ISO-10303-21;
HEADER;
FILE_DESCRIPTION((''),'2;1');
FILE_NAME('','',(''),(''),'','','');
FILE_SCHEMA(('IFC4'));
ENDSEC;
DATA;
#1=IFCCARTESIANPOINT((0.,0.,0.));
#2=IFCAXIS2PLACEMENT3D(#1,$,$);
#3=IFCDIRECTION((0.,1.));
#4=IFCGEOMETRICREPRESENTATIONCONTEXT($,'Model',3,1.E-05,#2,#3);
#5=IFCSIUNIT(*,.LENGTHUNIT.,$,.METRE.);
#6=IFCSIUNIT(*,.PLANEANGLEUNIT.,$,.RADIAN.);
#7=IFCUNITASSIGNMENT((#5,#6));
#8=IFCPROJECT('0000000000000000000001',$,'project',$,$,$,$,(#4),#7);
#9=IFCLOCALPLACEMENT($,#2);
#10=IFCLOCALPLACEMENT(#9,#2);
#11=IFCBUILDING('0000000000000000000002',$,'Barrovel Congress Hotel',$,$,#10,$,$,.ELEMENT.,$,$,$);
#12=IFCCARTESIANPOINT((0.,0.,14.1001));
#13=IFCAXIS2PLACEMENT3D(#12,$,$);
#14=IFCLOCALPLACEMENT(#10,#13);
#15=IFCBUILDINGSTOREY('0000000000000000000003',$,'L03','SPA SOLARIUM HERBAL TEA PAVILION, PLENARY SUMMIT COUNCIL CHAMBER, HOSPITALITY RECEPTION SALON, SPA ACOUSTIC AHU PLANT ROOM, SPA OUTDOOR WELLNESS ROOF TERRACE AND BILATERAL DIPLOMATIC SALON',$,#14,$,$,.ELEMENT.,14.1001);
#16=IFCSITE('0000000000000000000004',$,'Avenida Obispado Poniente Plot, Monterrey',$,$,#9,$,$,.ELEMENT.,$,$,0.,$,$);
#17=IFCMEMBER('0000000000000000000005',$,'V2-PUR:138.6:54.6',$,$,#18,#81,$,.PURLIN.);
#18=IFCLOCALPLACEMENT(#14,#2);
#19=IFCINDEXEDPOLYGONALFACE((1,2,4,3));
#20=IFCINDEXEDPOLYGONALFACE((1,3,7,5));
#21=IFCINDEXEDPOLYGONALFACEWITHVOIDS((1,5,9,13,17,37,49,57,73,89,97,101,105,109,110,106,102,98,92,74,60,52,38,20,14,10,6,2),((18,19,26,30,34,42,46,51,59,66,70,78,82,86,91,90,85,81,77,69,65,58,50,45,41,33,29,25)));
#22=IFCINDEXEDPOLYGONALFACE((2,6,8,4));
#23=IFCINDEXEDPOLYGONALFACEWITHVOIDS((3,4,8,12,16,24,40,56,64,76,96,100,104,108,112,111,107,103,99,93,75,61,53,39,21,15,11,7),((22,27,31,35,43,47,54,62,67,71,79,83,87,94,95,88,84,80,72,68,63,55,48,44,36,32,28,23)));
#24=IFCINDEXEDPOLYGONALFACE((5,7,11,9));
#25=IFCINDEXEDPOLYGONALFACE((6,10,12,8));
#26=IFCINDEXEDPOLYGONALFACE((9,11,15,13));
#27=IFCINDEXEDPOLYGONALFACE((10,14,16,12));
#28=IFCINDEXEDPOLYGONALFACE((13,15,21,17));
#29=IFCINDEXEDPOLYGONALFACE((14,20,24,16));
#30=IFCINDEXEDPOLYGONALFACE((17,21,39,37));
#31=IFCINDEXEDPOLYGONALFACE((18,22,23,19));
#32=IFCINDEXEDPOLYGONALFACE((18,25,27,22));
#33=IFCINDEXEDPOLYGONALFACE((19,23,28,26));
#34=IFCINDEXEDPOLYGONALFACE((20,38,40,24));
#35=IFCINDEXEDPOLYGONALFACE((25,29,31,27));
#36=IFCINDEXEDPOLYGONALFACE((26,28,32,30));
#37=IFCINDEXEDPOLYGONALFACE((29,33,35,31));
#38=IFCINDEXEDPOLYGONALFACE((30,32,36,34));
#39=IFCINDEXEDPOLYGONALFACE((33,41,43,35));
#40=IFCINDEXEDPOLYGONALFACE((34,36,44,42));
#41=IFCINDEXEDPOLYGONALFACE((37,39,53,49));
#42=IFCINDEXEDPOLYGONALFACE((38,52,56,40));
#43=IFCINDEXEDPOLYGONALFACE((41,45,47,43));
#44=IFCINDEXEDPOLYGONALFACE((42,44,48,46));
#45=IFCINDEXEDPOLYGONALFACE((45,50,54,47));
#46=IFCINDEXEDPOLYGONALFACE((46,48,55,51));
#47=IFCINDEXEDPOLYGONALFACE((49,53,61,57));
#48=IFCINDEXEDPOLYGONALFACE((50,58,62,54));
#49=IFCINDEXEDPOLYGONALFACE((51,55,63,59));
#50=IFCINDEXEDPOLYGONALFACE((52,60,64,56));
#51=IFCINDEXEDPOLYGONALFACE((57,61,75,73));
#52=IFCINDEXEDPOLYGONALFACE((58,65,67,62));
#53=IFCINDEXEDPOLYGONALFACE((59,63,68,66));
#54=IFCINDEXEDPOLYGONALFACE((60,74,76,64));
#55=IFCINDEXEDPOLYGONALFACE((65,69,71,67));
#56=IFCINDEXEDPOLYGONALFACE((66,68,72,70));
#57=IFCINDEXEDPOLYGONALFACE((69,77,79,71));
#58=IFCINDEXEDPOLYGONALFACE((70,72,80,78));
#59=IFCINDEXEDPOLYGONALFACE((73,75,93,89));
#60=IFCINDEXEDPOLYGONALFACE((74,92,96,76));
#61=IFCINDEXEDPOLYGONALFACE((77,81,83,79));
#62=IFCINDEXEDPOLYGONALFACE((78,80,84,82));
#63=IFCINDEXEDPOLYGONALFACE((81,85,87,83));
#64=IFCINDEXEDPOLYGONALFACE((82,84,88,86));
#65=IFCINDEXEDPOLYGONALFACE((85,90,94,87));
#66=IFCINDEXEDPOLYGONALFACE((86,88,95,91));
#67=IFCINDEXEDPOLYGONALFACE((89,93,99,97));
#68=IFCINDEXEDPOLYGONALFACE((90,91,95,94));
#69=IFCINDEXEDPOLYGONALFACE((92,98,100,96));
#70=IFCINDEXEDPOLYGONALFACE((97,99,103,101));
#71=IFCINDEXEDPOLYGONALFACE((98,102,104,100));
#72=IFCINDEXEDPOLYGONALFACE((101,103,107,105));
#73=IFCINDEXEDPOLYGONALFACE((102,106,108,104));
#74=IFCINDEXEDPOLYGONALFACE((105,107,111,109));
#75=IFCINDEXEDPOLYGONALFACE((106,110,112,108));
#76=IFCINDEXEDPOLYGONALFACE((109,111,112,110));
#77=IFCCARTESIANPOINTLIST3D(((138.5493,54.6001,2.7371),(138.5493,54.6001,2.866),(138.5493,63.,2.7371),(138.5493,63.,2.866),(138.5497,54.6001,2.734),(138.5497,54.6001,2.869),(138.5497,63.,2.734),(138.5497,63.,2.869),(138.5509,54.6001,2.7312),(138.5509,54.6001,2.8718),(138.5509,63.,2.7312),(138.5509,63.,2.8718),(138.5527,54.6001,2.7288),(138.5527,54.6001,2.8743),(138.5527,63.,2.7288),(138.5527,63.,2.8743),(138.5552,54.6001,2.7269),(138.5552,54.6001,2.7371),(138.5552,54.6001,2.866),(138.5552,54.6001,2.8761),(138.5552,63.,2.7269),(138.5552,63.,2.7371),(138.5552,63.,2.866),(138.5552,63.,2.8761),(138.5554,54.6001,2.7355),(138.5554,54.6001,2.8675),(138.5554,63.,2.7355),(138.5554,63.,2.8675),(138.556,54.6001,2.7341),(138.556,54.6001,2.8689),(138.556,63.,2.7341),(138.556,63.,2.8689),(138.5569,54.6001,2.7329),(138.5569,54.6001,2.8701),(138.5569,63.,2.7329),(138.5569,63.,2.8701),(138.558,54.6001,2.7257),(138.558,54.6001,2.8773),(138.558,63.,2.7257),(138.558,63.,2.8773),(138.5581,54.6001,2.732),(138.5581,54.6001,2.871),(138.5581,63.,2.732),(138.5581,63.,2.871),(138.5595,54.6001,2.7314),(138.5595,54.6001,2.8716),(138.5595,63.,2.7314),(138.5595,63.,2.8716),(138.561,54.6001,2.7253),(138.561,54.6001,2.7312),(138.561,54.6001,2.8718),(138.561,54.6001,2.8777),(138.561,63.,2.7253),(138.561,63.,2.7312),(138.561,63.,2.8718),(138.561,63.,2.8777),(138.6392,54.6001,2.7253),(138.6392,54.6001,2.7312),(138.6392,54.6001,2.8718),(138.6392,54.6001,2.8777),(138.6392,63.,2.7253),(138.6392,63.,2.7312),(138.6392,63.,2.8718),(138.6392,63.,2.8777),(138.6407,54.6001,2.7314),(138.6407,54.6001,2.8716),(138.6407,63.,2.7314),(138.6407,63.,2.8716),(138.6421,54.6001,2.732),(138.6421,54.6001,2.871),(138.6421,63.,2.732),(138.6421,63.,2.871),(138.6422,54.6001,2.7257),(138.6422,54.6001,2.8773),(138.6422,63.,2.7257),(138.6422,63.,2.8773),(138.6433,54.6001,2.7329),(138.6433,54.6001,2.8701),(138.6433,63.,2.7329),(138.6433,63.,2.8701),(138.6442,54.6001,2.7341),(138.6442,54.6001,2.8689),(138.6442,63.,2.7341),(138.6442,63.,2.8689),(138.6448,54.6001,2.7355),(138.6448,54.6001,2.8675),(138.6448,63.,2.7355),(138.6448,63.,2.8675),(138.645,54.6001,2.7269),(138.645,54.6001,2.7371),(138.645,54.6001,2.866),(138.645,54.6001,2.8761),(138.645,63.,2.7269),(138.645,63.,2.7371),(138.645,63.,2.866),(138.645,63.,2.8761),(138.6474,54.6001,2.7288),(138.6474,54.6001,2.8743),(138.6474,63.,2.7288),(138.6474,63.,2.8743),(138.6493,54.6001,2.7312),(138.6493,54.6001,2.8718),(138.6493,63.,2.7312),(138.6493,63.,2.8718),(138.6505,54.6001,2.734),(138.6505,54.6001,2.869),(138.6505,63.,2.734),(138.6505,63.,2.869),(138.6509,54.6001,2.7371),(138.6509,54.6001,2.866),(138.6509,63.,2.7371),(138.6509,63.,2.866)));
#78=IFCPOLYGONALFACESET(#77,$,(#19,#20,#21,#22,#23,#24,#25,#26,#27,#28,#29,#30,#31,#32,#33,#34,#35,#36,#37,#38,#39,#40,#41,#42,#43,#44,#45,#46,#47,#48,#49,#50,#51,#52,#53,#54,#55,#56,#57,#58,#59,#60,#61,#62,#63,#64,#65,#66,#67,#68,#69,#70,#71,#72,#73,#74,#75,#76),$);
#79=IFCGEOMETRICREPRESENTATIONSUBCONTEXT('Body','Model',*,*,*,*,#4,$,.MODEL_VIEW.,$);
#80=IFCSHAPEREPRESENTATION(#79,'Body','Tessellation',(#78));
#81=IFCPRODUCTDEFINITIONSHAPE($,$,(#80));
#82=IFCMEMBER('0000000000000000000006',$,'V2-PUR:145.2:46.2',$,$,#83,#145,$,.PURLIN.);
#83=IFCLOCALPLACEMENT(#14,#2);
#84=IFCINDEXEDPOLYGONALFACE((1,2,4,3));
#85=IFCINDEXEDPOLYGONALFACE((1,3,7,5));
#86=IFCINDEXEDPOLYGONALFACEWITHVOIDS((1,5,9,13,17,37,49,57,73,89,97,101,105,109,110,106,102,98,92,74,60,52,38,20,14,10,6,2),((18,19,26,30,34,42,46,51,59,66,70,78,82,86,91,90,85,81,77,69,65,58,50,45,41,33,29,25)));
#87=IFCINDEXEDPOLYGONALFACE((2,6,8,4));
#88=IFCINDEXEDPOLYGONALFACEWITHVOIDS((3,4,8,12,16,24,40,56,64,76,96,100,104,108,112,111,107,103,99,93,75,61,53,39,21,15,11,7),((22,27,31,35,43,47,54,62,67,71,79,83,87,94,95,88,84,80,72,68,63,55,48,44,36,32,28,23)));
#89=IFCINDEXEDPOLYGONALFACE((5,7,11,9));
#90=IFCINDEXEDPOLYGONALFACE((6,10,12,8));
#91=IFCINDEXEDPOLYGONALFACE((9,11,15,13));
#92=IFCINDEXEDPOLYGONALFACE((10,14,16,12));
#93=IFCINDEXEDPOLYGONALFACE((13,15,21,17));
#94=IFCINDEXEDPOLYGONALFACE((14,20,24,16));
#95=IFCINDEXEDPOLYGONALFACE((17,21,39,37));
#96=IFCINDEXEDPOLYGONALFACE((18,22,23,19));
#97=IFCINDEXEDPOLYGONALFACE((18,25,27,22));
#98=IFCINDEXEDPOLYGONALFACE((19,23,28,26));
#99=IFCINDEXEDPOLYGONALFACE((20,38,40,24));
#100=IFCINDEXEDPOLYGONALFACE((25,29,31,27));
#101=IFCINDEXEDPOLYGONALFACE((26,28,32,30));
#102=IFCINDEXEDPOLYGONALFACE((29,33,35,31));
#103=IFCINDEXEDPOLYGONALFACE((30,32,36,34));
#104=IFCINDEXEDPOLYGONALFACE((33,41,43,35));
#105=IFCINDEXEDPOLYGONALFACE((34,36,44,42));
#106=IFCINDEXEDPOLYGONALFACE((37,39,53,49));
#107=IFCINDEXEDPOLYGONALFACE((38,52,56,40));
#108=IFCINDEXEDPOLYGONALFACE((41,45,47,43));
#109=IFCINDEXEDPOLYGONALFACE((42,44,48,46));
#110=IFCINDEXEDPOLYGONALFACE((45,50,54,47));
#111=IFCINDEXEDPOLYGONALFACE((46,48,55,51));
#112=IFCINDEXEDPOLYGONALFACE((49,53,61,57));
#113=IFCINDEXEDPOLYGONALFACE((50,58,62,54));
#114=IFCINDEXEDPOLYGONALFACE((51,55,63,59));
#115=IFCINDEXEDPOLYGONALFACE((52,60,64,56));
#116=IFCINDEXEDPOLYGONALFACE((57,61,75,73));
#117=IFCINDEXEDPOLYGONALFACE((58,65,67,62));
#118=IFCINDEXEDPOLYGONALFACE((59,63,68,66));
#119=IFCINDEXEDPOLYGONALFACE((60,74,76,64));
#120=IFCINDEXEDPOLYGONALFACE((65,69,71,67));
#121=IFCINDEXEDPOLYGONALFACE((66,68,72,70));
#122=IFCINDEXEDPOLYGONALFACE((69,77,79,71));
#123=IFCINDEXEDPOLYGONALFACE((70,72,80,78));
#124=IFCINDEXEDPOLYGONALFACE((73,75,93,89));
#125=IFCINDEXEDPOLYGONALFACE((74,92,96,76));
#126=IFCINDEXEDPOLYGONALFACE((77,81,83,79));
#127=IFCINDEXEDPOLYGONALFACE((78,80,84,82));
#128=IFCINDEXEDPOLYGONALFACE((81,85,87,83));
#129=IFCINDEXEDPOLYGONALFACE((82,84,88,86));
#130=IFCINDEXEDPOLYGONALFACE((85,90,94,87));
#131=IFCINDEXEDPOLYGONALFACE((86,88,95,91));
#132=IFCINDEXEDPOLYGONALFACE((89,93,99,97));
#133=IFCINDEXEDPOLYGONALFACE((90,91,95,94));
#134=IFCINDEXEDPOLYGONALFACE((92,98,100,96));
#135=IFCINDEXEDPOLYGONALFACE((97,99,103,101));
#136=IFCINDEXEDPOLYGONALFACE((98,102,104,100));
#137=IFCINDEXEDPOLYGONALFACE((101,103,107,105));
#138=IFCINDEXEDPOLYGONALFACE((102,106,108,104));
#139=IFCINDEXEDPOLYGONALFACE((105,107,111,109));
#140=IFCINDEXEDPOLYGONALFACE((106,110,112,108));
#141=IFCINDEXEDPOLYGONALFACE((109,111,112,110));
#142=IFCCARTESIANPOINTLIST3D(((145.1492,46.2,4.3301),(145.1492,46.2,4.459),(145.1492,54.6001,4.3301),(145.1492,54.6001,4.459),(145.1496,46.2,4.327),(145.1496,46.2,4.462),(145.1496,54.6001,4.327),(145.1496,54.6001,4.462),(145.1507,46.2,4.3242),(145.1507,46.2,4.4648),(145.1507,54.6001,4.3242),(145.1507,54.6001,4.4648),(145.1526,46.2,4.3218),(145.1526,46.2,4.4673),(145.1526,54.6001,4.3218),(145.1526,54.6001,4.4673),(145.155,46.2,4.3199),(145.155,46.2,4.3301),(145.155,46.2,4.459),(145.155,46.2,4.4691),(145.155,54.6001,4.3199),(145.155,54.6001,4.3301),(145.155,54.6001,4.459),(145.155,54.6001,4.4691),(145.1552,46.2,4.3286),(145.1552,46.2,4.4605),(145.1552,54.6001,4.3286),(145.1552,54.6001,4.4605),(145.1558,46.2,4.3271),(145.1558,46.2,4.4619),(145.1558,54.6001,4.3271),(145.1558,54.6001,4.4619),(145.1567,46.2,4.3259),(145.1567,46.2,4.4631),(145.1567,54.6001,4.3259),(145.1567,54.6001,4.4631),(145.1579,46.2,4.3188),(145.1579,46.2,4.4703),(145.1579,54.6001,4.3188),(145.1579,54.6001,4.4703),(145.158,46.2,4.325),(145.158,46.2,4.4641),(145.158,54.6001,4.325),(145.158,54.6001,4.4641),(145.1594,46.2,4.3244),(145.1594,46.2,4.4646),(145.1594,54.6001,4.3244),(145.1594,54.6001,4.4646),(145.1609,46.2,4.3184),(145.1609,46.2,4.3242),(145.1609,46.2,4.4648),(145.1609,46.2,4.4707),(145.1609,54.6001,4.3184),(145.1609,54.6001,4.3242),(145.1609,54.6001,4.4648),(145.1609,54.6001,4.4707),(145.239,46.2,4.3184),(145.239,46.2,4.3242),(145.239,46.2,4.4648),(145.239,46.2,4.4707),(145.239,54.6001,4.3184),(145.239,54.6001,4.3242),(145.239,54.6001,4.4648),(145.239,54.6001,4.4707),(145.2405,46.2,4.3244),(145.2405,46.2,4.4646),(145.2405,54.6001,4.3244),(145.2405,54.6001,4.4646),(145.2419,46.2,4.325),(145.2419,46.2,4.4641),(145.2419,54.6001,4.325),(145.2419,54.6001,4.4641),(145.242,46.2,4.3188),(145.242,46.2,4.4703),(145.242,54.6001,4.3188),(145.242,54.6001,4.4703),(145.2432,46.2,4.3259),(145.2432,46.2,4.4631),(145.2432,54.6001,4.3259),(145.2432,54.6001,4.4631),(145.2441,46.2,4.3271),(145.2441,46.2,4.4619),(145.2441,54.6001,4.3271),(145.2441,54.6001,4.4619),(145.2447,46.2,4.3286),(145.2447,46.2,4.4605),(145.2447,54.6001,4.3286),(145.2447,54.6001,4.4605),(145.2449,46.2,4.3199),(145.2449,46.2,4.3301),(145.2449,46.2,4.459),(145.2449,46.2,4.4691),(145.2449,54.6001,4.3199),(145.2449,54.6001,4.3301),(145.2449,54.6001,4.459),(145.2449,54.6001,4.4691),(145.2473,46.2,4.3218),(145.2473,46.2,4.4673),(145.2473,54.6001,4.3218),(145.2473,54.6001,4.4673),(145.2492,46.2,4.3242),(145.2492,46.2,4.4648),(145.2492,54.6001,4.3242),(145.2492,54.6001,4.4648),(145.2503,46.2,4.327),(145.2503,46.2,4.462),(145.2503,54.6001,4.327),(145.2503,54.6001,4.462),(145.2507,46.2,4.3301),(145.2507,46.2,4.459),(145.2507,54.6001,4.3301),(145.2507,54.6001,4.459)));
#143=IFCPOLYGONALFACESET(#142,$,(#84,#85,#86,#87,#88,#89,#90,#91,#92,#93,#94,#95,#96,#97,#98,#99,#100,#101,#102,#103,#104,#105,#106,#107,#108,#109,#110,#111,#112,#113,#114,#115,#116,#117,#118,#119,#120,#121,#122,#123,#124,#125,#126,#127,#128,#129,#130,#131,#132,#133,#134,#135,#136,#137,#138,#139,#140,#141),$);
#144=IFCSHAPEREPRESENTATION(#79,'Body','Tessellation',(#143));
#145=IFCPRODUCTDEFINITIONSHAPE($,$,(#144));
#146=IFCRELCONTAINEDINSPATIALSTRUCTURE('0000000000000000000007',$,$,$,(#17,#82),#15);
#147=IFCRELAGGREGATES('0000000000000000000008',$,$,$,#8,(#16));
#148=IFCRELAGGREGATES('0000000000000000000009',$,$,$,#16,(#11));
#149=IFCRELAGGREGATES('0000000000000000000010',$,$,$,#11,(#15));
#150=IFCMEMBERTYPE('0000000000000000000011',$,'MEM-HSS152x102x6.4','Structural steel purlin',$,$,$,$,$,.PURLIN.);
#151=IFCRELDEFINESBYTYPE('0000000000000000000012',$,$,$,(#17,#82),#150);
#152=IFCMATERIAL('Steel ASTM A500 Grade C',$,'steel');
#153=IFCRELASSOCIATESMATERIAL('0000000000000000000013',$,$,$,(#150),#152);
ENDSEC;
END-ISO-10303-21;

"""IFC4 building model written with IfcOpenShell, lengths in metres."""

from ifc_helpers import new_model, si_unit, direction, frame, origin, origin_2d, place, context, subcontext, project, spatial, hollow_rectangle, extrude, material, material_profile, profile_set, type_object, element, save


model = new_model("IFC4")

# Units and contexts
model_context = context("Model", 3, precision=1e-05, world=origin(), true_north=direction((0.0, 1.0)))
body_context = subcontext(model_context, "Body", "Model", "MODEL_VIEW")
ifc_project = project(units=[si_unit("LENGTHUNIT", "METRE"), si_unit("PLANEANGLEUNIT", "RADIAN")], contexts=[model_context])

# Site, building, storey
site_placement = place(None, origin())
site = spatial("IfcSite", under=ifc_project, at=site_placement, Name="Avenida Obispado Poniente Plot, Monterrey", CompositionType="ELEMENT", RefElevation=0.0)
building_placement = place(site_placement, origin())
building = spatial("IfcBuilding", under=site, at=building_placement, Name="Barrovel Congress Hotel", CompositionType="ELEMENT")
storey_placement = place(building_placement, frame((0.0, 0.0, 14.1001)))
storey = spatial("IfcBuildingStorey", under=building, at=storey_placement, Name="L03", Description="SPA SOLARIUM HERBAL TEA PAVILION, PLENARY SUMMIT COUNCIL CHAMBER, HOSPITALITY RECEPTION SALON, SPA ACOUSTIC AHU PLANT ROOM, SPA OUTDOOR WELLNESS ROOF TERRACE AND BILATERAL DIPLOMATIC SALON", CompositionType="ELEMENT", Elevation=14.1001)

# Members
ifc_material_1 = material(Name="Steel ASTM A500 Grade C", Category="steel")
ifc_material_profile_1 = material_profile(ifc_material_1, hollow_rectangle(XDim=0.1016, YDim=0.1523, WallThickness=0.0059, InnerFilletRadius=0.0059, OuterFilletRadius=0.0117, at=origin_2d()), Name="HSS152x102x6.4")
ifc_profile_set_1 = profile_set([ifc_material_profile_1], Name="Steel ASTM A500 Grade C")
member_type_1 = type_object("IfcMemberType", Name="MEM-HSS152x102x6.4", Description="Structural steel purlin", PredefinedType="PURLIN", material=ifc_profile_set_1)
member_1_placement = place(storey_placement, frame((138.6001, 54.6001, 2.8015), z_axis=(0.0, 1.0, 0.0), x_axis=(-1.0, 0.0, 0.0)))
element("IfcMember", 1, at=member_1_placement, inside=storey, type_object=member_type_1, Name="V2-PUR:138.6:54.6", PredefinedType="PURLIN", context=body_context, shape_type="SweptSolid", body=[
    extrude(hollow_rectangle(XDim=0.1016, YDim=0.1523, WallThickness=0.0059, InnerFilletRadius=0.0059, OuterFilletRadius=0.0117, at=origin_2d()), origin(), (0.0, 0.0, 1.0), 8.3999),
])
member_2_placement = place(storey_placement, frame((145.2, 46.2, 4.3945), z_axis=(0.0, 1.0, 0.0), x_axis=(-1.0, 0.0, 0.0)))
element("IfcMember", 2, at=member_2_placement, inside=storey, type_object=member_type_1, Name="V2-PUR:145.2:46.2", PredefinedType="PURLIN", context=body_context, shape_type="SweptSolid", body=[
    extrude(hollow_rectangle(XDim=0.1016, YDim=0.1523, WallThickness=0.0059, InnerFilletRadius=0.0059, OuterFilletRadius=0.0117, at=origin_2d()), origin(), (0.0, 0.0, 1.0), 8.4001),
])

save(model, "model.ifc")
